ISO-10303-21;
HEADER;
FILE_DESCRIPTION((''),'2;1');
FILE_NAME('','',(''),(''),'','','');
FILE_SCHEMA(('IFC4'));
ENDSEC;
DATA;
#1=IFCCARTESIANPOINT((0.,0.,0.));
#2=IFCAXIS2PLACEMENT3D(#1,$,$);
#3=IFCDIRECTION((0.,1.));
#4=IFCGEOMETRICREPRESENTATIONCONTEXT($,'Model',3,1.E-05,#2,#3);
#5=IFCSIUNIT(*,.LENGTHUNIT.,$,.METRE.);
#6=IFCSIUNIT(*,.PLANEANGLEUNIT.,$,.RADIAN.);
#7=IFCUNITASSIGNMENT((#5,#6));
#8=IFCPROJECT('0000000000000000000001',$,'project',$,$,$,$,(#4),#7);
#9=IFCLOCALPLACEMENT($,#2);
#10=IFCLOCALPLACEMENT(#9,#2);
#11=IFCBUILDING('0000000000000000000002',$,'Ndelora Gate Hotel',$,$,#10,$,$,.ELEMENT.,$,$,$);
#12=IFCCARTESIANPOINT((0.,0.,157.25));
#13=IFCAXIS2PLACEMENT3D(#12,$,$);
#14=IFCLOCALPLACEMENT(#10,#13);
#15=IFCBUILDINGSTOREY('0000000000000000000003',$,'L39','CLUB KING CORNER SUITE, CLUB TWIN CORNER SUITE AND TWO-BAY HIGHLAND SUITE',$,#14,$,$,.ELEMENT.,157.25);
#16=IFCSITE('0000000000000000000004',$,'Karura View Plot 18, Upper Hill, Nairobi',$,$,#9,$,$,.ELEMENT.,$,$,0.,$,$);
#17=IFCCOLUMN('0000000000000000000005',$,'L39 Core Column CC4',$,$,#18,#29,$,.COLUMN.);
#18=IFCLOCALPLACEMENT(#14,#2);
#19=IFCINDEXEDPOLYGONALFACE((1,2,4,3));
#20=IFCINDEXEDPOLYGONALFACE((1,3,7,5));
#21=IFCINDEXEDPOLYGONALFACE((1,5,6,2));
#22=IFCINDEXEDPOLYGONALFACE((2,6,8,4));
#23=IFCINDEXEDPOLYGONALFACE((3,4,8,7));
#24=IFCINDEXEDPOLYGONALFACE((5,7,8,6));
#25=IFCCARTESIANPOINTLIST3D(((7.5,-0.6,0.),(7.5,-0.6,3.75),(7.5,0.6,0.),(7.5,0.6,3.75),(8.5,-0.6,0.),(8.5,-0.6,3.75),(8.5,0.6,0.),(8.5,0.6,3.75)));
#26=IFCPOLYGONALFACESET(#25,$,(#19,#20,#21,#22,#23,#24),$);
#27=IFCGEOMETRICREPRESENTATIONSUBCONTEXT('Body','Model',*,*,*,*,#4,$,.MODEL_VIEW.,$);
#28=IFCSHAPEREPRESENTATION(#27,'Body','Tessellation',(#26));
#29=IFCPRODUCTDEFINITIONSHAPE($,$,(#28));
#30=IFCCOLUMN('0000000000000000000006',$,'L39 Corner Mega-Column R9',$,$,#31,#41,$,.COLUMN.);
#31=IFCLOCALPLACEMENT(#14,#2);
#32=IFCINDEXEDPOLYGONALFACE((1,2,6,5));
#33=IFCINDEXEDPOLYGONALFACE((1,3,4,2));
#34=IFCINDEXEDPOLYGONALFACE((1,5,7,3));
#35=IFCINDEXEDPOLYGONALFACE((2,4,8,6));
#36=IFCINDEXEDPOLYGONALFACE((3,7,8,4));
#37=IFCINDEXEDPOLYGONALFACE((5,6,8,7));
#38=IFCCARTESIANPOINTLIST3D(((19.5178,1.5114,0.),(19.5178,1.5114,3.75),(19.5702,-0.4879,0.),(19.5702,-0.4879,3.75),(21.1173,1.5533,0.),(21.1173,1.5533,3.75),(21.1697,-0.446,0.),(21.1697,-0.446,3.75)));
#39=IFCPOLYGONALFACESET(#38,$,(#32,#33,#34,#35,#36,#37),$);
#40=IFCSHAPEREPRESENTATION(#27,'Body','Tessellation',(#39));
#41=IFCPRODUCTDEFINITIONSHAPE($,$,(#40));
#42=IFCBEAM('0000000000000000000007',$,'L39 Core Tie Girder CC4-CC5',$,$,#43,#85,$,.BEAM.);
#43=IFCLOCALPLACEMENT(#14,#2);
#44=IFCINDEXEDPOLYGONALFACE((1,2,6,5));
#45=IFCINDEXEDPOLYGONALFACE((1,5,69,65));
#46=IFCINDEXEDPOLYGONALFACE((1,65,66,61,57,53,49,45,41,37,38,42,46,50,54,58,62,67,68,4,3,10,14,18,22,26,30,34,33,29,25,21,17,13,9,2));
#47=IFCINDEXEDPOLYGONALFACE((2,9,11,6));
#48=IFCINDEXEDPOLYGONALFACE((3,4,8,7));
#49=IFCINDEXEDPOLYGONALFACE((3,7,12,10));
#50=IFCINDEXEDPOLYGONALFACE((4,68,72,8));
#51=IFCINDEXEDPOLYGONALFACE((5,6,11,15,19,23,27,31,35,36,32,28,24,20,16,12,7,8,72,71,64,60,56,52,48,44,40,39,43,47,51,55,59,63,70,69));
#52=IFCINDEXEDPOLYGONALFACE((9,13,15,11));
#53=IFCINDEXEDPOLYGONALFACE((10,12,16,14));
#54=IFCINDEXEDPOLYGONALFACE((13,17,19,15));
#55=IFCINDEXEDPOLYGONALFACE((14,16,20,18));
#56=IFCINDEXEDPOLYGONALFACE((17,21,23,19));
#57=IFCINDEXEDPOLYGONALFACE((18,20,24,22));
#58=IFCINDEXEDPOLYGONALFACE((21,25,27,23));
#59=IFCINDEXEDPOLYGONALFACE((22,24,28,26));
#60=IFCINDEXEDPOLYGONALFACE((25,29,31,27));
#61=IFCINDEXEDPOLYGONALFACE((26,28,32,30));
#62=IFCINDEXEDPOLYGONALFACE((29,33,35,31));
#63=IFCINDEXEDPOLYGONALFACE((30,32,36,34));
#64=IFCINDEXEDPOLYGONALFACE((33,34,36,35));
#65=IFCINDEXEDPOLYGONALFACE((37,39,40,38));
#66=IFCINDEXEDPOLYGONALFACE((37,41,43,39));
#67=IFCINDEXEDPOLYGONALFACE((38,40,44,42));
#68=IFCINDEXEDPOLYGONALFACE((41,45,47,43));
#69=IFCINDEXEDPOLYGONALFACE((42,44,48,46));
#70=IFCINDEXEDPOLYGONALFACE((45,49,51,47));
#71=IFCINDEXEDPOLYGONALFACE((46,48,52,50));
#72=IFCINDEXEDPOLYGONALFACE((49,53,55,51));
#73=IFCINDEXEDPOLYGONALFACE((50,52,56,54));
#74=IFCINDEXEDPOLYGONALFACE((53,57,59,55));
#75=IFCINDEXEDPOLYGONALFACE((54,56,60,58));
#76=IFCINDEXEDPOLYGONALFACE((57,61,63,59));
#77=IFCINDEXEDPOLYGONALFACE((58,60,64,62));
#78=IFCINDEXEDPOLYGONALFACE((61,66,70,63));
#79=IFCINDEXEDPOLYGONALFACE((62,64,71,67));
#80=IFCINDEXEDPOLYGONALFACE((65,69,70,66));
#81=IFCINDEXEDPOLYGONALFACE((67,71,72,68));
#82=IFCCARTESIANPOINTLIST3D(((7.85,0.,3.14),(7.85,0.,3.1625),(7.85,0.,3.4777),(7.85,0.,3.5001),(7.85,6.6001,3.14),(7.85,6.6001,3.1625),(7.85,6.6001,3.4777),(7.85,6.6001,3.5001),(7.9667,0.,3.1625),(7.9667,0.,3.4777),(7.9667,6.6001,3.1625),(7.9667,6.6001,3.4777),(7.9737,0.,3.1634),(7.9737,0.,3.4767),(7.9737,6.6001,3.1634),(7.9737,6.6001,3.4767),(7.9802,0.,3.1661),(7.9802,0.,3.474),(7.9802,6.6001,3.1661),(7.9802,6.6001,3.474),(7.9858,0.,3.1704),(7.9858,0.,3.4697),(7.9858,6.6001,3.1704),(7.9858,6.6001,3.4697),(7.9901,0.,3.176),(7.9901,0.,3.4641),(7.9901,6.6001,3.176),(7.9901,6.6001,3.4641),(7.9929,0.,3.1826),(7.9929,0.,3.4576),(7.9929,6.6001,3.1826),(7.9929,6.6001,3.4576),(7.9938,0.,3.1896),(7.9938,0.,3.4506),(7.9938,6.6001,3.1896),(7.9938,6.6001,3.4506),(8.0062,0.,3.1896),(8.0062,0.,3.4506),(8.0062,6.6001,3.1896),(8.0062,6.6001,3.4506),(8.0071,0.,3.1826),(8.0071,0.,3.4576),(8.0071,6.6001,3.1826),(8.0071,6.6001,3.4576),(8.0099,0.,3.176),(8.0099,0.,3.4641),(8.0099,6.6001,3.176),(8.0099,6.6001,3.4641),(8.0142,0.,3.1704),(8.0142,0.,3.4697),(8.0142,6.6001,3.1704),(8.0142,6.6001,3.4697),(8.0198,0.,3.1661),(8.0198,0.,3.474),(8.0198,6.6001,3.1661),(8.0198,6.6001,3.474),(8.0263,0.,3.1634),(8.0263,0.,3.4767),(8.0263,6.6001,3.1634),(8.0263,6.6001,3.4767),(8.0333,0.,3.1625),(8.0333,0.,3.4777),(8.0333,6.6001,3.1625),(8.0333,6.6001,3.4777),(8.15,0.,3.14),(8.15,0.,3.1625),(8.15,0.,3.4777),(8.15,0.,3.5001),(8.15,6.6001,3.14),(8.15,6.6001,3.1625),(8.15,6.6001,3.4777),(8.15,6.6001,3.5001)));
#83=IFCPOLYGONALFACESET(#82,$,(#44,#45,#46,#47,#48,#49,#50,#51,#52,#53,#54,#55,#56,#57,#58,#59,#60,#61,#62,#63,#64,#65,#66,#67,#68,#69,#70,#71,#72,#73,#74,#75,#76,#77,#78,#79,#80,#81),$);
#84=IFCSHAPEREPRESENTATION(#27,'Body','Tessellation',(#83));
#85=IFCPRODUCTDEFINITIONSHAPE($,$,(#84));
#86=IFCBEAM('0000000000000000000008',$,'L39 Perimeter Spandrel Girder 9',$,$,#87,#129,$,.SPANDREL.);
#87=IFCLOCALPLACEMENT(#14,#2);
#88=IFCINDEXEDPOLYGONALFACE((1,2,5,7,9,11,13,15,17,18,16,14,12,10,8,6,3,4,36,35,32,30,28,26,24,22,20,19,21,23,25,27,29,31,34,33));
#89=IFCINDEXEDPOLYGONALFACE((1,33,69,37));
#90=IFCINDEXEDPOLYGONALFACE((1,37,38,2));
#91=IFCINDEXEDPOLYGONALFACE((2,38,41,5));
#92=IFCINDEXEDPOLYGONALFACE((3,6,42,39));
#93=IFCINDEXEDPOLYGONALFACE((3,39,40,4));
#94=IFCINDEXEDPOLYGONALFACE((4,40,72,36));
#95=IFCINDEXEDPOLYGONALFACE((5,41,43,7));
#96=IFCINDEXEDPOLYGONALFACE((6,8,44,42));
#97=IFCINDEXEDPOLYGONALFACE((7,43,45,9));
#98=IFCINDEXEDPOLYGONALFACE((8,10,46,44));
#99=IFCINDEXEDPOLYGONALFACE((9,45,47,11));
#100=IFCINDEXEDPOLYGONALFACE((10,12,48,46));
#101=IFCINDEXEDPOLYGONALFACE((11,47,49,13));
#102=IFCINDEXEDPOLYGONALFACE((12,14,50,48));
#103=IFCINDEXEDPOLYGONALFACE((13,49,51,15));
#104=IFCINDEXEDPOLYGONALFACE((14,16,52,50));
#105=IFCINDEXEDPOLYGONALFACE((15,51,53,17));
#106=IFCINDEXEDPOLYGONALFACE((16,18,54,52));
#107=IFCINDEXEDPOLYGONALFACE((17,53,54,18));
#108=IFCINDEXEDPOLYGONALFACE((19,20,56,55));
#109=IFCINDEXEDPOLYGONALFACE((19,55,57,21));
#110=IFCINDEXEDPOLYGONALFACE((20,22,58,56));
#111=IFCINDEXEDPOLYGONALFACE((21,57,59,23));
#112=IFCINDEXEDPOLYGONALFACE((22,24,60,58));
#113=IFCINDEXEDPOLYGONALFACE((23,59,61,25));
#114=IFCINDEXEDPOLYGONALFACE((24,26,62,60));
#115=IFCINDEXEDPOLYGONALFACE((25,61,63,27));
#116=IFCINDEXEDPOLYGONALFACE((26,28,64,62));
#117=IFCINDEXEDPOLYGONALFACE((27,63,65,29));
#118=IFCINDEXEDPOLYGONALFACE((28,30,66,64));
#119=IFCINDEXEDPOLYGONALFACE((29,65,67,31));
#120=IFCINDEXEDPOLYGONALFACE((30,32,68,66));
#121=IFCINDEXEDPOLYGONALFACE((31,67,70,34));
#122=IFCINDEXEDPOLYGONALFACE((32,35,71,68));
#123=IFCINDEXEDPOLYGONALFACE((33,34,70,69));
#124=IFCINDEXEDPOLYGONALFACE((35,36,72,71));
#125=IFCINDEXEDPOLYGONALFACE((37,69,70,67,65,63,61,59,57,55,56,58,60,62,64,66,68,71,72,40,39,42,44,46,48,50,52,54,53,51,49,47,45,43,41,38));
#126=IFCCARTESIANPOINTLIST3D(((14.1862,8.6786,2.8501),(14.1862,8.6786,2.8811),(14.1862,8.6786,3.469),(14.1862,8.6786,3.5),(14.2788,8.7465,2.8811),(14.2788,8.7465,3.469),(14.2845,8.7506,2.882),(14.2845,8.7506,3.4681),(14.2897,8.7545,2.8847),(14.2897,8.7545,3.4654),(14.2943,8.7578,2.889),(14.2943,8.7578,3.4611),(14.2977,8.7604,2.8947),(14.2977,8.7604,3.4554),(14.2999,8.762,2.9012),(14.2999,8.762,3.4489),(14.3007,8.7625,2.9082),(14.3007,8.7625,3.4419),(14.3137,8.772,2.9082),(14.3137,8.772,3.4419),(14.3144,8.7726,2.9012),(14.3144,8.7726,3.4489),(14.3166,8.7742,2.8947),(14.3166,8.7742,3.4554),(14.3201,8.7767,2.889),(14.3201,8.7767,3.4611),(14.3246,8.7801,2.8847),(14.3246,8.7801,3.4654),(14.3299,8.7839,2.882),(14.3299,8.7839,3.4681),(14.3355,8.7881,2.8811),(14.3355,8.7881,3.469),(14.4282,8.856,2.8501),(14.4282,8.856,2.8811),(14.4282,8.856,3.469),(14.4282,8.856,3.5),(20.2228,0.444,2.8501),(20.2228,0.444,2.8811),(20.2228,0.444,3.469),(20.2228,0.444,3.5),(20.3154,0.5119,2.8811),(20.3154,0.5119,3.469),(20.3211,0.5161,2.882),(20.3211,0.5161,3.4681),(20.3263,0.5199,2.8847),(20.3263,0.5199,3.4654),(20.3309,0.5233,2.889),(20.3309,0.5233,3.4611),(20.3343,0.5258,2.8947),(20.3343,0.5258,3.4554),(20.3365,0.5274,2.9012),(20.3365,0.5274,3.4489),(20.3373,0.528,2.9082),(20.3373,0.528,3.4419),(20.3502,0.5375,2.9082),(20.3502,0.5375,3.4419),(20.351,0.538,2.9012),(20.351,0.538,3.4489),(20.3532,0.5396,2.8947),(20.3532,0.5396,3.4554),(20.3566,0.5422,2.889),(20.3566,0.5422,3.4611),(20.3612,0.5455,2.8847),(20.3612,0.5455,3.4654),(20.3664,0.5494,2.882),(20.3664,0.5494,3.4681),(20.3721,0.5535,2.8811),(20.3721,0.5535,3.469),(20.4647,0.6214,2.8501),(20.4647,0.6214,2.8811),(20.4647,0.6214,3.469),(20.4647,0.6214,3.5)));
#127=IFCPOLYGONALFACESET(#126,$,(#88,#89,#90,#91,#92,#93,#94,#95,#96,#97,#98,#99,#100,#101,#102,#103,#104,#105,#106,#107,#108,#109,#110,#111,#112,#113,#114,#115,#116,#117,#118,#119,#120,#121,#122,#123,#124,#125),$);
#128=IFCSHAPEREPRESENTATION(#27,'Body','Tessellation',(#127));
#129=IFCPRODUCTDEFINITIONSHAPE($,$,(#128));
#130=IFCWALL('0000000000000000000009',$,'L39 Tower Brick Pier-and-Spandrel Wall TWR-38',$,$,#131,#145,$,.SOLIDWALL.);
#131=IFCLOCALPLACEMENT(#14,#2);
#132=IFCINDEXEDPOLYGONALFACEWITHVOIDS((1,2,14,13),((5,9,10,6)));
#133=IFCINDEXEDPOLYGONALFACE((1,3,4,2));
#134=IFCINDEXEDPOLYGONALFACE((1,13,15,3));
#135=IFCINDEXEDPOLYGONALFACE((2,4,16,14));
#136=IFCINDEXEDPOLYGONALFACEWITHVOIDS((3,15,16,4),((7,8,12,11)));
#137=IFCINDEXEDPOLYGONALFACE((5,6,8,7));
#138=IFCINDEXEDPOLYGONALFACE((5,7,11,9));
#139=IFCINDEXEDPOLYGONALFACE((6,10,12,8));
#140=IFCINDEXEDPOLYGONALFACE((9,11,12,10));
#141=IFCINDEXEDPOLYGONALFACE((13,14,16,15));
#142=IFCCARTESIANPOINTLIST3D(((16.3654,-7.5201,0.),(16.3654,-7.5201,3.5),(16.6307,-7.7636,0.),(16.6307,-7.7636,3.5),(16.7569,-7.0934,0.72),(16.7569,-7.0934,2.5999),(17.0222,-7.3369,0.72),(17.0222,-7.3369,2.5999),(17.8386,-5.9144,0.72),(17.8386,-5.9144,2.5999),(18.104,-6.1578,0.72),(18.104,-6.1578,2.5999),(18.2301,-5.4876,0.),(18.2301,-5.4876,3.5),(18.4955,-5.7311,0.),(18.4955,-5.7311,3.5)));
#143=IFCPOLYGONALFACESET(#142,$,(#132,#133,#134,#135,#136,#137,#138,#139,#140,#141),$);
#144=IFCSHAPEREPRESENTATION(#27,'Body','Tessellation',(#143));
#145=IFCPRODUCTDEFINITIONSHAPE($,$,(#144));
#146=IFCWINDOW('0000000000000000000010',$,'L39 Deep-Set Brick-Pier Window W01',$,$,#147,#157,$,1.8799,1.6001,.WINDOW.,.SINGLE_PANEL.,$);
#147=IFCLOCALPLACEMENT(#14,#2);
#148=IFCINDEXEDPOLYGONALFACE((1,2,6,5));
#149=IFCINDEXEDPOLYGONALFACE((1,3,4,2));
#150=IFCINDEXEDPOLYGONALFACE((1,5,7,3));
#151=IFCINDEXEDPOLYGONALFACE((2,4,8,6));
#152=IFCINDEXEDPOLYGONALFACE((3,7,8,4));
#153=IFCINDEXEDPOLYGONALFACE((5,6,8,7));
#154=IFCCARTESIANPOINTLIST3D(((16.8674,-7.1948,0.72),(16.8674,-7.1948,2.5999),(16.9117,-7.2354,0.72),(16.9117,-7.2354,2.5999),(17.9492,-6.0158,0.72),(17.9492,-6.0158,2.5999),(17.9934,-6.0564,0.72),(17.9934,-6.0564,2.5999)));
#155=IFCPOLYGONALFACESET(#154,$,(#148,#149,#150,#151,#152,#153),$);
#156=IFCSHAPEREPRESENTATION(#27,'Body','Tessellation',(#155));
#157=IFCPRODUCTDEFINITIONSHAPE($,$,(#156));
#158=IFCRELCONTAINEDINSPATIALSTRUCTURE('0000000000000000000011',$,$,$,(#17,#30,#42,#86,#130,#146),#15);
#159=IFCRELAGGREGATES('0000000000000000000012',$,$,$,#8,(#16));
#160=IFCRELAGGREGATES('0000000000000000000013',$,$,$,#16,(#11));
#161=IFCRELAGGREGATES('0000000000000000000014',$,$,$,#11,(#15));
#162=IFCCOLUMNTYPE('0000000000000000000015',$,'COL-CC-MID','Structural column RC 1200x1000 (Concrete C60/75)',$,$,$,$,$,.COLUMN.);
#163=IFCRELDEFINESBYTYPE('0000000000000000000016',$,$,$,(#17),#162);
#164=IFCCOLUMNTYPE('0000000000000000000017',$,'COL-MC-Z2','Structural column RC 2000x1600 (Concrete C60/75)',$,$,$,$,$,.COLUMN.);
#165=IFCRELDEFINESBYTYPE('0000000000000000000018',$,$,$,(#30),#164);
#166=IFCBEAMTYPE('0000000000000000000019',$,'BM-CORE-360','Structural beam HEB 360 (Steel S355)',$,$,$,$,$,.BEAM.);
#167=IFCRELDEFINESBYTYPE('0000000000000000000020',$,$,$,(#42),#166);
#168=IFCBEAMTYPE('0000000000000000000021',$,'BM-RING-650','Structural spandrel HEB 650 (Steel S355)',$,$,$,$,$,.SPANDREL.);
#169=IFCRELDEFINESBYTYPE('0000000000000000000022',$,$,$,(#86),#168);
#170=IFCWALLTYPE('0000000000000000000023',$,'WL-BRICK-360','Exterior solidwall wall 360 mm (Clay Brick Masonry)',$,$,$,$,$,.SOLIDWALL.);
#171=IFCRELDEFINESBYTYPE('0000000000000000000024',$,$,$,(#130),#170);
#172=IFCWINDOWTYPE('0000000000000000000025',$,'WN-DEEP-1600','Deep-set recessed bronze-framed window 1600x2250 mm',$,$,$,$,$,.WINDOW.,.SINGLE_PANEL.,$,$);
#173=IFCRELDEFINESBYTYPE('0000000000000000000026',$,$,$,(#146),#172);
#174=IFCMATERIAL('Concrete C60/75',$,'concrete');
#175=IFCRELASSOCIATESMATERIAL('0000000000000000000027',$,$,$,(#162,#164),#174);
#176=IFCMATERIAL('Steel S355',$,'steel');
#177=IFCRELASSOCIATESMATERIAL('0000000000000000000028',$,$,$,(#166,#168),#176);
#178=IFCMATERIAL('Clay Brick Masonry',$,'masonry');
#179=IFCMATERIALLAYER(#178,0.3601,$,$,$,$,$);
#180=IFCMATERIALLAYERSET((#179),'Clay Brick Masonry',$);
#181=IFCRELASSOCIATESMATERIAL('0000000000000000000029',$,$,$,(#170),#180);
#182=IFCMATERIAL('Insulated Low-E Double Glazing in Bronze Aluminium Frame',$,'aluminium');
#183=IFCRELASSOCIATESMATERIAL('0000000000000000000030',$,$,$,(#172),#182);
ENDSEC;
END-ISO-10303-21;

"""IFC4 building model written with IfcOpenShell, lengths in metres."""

from ifc_helpers import new_model, si_unit, direction, frame, frame_2d, origin, origin_2d, place, context, subcontext, project, spatial, rectangle, i_section, extrude, material, layer, layer_set, material_profile, profile_set, type_object, element, fill, save


model = new_model("IFC4")

# Units and contexts
model_context = context("Model", 3, precision=1e-05, world=origin(), true_north=direction((0.0, 1.0)))
body_context = subcontext(model_context, "Body", "Model", "MODEL_VIEW")
ifc_project = project(units=[si_unit("LENGTHUNIT", "METRE"), si_unit("PLANEANGLEUNIT", "RADIAN")], contexts=[model_context])

# Site, building, storey
site_placement = place(None, origin())
site = spatial("IfcSite", under=ifc_project, at=site_placement, Name="Karura View Plot 18, Upper Hill, Nairobi", CompositionType="ELEMENT", RefElevation=0.0)
building_placement = place(site_placement, origin())
building = spatial("IfcBuilding", under=site, at=building_placement, Name="Ndelora Gate Hotel", CompositionType="ELEMENT")
storey_placement = place(building_placement, frame((0.0, 0.0, 157.25)))
storey = spatial("IfcBuildingStorey", under=building, at=storey_placement, Name="L39", Description="CLUB KING CORNER SUITE, CLUB TWIN CORNER SUITE AND TWO-BAY HIGHLAND SUITE", CompositionType="ELEMENT", Elevation=157.25)

# Columns
ifc_material_1 = material(Name="Concrete C60/75", Category="concrete")
ifc_material_profile_1 = material_profile(ifc_material_1, rectangle(XDim=1.0, YDim=1.2, at=origin_2d()), Name="RC 1200x1000")
ifc_profile_set_1 = profile_set([ifc_material_profile_1], Name="Concrete C60/75")
column_type_1 = type_object("IfcColumnType", Name="COL-CC-MID", Description="Structural column RC 1200x1000 (Concrete C60/75)", PredefinedType="COLUMN", material=ifc_profile_set_1)
column_1_placement = place(storey_placement, frame((8.0, 0.0, 0.0), z_axis=(0.0, 0.0, 1.0), x_axis=(1.0, 0.0, 0.0)))
element("IfcColumn", 1, at=column_1_placement, inside=storey, type_object=column_type_1, Name="L39 Core Column CC4", PredefinedType="COLUMN", context=body_context, shape_type="SweptSolid", body=[
    extrude(rectangle(XDim=1.0, YDim=1.2, at=origin_2d()), origin(), (0.0, 0.0, 1.0), 3.75),
])
ifc_material_profile_2 = material_profile(ifc_material_1, rectangle(XDim=1.6001, YDim=2.0, at=origin_2d()), Name="RC 2000x1600")
ifc_profile_set_2 = profile_set([ifc_material_profile_2], Name="Concrete C60/75")
column_type_2 = type_object("IfcColumnType", Name="COL-MC-Z2", Description="Structural column RC 2000x1600 (Concrete C60/75)", PredefinedType="COLUMN", material=ifc_profile_set_2)
column_2_placement = place(storey_placement, frame((20.3438, 0.5327, 0.0), z_axis=(0.0, 0.0, 1.0), x_axis=(0.999657, 0.026177, 0.0)))
element("IfcColumn", 2, at=column_2_placement, inside=storey, type_object=column_type_2, Name="L39 Corner Mega-Column R9", PredefinedType="COLUMN", context=body_context, shape_type="SweptSolid", body=[
    extrude(rectangle(XDim=1.6001, YDim=2.0, at=origin_2d()), origin(), (0.0, 0.0, 1.0), 3.75),
])

# Beams
ifc_material_2 = material(Name="Steel S355", Category="steel")
ifc_material_profile_3 = material_profile(ifc_material_2, i_section(OverallWidth=0.3, OverallDepth=0.3601, WebThickness=0.0125, FlangeThickness=0.0225, FilletRadius=0.0271, at=origin_2d()), Name="HEB 360")
ifc_profile_set_3 = profile_set([ifc_material_profile_3], Name="Steel S355")
beam_type_1 = type_object("IfcBeamType", Name="BM-CORE-360", Description="Structural beam HEB 360 (Steel S355)", PredefinedType="BEAM", material=ifc_profile_set_3)
beam_1_placement = place(storey_placement, frame((8.0, 0.0, 3.3201), z_axis=(0.0, 1.0, 0.0), x_axis=(-1.0, 0.0, 0.0)))
element("IfcBeam", 3, at=beam_1_placement, inside=storey, type_object=beam_type_1, Name="L39 Core Tie Girder CC4-CC5", PredefinedType="BEAM", context=body_context, shape_type="SweptSolid", body=[
    extrude(i_section(OverallWidth=0.3, OverallDepth=0.3601, WebThickness=0.0125, FlangeThickness=0.0225, FilletRadius=0.0271, at=origin_2d()), origin(), (0.0, 0.0, 1.0), 6.6001),
])
ifc_material_profile_4 = material_profile(ifc_material_2, i_section(OverallWidth=0.3, OverallDepth=0.6499, WebThickness=0.0161, FlangeThickness=0.031, FilletRadius=0.0271, at=origin_2d()), Name="HEB 650")
ifc_profile_set_4 = profile_set([ifc_material_profile_4], Name="Steel S355")
beam_type_2 = type_object("IfcBeamType", Name="BM-RING-650", Description="Structural spandrel HEB 650 (Steel S355)", PredefinedType="SPANDREL", material=ifc_profile_set_4)
beam_2_placement = place(storey_placement, frame((20.3438, 0.5327, 3.175), z_axis=(-0.59123, 0.806503, 0.0), x_axis=(-0.806503, -0.59123, 0.0)))
element("IfcBeam", 4, at=beam_2_placement, inside=storey, type_object=beam_type_2, Name="L39 Perimeter Spandrel Girder 9", PredefinedType="SPANDREL", context=body_context, shape_type="SweptSolid", body=[
    extrude(i_section(OverallWidth=0.3, OverallDepth=0.6499, WebThickness=0.0161, FlangeThickness=0.031, FilletRadius=0.0271, at=origin_2d()), origin(), (0.0, 0.0, 1.0), 10.2102),
])

# Wall, opening, window
ifc_material_3 = material(Name="Clay Brick Masonry", Category="masonry")
ifc_layer_1 = layer(ifc_material_3, 0.3601)
ifc_layer_set_1 = layer_set([ifc_layer_1], Name="Clay Brick Masonry")
wall_type_1 = type_object("IfcWallType", Name="WL-BRICK-360", Description="Exterior solidwall wall 360 mm (Clay Brick Masonry)", PredefinedType="SOLIDWALL", material=ifc_layer_set_1)
wall_1_placement = place(storey_placement, frame((18.3628, -5.6094, 0.0), z_axis=(0.0, 0.0, 1.0), x_axis=(-0.676049, -0.736856, 0.0)))
wall_1 = element("IfcWall", 5, at=wall_1_placement, inside=storey, type_object=wall_type_1, Name="L39 Tower Brick Pier-and-Spandrel Wall TWR-38", PredefinedType="SOLIDWALL", context=body_context, shape_type="SweptSolid", body=[
    extrude(rectangle(XDim=2.7583, YDim=0.3601, at=frame_2d((1.3792, 0.0))), origin(), (0.0, 0.0, 1.0), 3.5),
])
opening_1_placement = place(wall_1_placement, frame((0.5791, 0.0, 0.72)))
opening_1 = element("IfcOpeningElement", 6, at=opening_1_placement, cuts=wall_1, PredefinedType="OPENING", context=body_context, shape_type="SweptSolid", body=[
    extrude(rectangle(XDim=1.6001, YDim=1.8799, at=frame_2d((0.8, 0.9399))), frame((0.0, 0.1899, 0.0), z_axis=(0.0, -1.0, 0.0), x_axis=(1.0, 0.0, 0.0)), (0.0, 0.0, 1.0), 0.3801),
])
ifc_material_4 = material(Name="Insulated Low-E Double Glazing in Bronze Aluminium Frame", Category="aluminium")
window_type = type_object("IfcWindowType", Name="WN-DEEP-1600", Description="Deep-set recessed bronze-framed window 1600x2250 mm", PartitioningType="SINGLE_PANEL", PredefinedType="WINDOW", material=ifc_material_4)
window_1_placement = place(opening_1_placement, origin())
window_1 = element("IfcWindow", 7, at=window_1_placement, inside=storey, type_object=window_type, Name="L39 Deep-Set Brick-Pier Window W01", OverallHeight=1.8799, OverallWidth=1.6001, PartitioningType="SINGLE_PANEL", PredefinedType="WINDOW", context=body_context, shape_type="SweptSolid", body=[
    extrude(rectangle(XDim=1.6001, YDim=1.8799, at=frame_2d((0.8, 0.9399))), frame((0.0, 0.03, 0.0), z_axis=(0.0, -1.0, 0.0), x_axis=(1.0, 0.0, 0.0)), (0.0, 0.0, 1.0), 0.0601),
])
fill(opening_1, window_1)

save(model, "model.ifc")
